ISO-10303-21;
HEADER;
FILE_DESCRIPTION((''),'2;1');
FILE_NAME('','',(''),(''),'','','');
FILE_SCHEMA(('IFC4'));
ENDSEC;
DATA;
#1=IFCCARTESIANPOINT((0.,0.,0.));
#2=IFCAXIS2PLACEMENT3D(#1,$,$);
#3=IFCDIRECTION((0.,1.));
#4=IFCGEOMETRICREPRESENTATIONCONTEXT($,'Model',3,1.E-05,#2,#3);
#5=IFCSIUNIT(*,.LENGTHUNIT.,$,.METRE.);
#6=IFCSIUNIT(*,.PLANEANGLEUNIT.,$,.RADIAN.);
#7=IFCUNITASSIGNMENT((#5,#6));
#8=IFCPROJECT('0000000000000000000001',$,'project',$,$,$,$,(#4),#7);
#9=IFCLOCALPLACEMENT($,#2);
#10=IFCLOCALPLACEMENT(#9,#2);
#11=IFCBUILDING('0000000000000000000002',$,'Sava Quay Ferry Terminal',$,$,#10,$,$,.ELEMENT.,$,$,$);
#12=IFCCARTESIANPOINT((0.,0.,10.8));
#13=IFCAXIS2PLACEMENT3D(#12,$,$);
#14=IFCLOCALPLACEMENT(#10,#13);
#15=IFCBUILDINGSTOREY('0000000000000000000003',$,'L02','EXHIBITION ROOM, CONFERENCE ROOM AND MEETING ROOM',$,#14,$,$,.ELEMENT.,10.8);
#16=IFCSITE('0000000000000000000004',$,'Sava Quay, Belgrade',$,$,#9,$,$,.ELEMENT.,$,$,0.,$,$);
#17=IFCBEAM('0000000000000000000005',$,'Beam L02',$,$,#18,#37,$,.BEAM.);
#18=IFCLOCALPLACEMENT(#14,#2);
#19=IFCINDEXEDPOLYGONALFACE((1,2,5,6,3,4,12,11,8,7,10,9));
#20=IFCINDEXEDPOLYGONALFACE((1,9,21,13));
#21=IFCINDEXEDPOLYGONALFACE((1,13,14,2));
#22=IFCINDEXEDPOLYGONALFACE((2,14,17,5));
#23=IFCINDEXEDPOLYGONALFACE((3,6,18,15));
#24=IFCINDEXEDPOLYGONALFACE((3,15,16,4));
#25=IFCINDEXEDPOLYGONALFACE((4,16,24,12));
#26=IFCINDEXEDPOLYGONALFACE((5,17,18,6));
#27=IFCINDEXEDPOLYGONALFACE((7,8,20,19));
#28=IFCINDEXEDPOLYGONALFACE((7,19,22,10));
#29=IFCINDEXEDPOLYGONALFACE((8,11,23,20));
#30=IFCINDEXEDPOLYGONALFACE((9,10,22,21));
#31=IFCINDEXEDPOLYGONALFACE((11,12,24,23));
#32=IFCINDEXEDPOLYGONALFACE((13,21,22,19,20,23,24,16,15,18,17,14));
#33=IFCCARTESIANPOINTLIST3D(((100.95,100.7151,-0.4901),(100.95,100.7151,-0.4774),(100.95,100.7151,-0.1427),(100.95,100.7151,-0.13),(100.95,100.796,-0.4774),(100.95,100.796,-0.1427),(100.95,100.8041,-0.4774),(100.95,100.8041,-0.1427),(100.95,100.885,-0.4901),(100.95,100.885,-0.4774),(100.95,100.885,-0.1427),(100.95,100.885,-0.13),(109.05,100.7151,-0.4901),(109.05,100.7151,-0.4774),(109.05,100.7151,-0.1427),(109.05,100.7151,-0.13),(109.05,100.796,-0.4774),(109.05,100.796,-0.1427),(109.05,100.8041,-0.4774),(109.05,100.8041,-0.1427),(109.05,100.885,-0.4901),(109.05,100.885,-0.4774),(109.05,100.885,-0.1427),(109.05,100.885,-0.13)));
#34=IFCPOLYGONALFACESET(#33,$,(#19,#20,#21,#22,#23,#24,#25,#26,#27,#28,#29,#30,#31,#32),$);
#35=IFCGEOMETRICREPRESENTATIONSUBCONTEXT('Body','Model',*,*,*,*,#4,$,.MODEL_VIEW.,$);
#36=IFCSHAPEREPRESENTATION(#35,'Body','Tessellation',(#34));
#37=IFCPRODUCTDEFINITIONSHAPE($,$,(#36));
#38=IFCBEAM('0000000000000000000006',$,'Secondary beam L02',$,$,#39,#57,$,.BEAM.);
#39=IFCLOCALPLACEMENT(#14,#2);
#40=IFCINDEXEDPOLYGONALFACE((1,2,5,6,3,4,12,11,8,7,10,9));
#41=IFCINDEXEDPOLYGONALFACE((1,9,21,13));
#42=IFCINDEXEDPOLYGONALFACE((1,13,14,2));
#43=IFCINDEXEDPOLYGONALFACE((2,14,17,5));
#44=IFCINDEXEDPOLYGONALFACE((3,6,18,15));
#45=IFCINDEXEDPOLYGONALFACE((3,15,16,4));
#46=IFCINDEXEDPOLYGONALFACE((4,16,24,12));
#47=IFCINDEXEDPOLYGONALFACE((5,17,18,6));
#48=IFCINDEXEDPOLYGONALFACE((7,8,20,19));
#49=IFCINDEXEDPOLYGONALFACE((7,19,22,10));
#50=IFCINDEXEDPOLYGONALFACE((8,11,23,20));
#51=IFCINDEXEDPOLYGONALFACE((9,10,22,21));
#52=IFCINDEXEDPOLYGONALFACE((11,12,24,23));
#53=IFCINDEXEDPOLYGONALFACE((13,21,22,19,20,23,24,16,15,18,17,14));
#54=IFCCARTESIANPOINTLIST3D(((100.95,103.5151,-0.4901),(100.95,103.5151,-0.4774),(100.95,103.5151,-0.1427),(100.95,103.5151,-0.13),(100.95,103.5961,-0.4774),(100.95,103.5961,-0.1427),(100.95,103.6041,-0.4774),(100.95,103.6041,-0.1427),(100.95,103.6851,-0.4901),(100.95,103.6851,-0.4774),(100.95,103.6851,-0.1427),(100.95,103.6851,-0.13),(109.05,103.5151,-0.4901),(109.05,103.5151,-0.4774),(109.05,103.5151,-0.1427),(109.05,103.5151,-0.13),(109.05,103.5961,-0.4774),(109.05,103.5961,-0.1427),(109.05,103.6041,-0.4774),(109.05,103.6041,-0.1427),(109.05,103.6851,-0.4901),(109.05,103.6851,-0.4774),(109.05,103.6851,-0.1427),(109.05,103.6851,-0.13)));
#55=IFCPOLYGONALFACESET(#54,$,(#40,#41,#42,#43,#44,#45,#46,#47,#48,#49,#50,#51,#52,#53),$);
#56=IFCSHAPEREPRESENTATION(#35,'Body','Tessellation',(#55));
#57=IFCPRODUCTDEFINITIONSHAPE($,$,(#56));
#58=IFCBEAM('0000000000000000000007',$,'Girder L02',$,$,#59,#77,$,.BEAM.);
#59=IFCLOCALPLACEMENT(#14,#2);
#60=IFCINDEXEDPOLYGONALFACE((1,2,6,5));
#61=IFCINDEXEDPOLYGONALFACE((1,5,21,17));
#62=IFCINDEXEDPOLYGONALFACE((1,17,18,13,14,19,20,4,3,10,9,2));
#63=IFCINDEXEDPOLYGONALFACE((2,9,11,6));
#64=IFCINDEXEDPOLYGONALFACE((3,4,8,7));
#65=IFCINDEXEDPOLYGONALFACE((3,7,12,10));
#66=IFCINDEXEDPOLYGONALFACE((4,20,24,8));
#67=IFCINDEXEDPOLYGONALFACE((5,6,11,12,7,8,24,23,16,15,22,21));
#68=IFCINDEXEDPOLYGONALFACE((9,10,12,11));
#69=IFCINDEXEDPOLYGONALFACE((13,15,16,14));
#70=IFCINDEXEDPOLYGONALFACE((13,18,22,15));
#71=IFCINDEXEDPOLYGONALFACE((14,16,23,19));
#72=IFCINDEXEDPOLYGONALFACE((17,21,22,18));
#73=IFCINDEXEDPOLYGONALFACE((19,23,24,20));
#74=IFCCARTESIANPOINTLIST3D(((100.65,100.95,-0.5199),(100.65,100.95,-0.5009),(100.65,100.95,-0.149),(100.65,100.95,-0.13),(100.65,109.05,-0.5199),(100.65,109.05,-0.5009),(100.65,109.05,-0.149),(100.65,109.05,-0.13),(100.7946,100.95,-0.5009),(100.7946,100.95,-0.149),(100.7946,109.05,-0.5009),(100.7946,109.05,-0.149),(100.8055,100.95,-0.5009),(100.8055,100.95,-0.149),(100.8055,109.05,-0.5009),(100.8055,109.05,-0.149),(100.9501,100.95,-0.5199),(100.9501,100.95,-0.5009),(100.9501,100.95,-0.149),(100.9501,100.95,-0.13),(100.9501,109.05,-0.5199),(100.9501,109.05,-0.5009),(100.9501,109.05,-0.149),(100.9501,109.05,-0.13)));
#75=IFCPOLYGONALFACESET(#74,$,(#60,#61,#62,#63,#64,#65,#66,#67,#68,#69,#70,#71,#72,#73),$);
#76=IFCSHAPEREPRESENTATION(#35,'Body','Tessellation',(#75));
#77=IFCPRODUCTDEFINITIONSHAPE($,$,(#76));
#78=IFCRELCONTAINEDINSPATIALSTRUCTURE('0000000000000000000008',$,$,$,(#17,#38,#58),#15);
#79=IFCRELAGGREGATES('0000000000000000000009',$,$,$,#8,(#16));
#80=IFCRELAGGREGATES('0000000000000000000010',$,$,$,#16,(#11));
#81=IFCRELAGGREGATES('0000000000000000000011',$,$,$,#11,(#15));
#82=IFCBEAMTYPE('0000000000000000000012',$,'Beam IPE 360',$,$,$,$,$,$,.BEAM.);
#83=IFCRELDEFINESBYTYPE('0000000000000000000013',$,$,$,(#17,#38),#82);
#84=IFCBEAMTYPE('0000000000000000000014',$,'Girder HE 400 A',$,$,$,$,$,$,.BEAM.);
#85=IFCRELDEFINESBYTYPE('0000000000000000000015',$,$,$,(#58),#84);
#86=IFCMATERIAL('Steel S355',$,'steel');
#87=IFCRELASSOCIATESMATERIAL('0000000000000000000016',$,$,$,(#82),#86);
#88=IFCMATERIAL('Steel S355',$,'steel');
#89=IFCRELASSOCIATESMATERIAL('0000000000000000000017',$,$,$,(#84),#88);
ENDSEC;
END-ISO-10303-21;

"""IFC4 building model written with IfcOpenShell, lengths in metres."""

from ifc_helpers import new_model, si_unit, direction, frame, origin, origin_2d, place, context, subcontext, project, spatial, i_section, extrude, material, material_profile, profile_set, type_object, element, save


model = new_model("IFC4")

# Units and contexts
model_context = context("Model", 3, precision=1e-05, world=origin(), true_north=direction((0.0, 1.0)))
body_context = subcontext(model_context, "Body", "Model", "MODEL_VIEW")
ifc_project = project(units=[si_unit("LENGTHUNIT", "METRE"), si_unit("PLANEANGLEUNIT", "RADIAN")], contexts=[model_context])

# Site, building, storey
site_placement = place(None, origin())
site = spatial("IfcSite", under=ifc_project, at=site_placement, Name="Sava Quay, Belgrade", CompositionType="ELEMENT", RefElevation=0.0)
building_placement = place(site_placement, origin())
building = spatial("IfcBuilding", under=site, at=building_placement, Name="Sava Quay Ferry Terminal", CompositionType="ELEMENT")
storey_placement = place(building_placement, frame((0.0, 0.0, 10.8)))
storey = spatial("IfcBuildingStorey", under=building, at=storey_placement, Name="L02", Description="EXHIBITION ROOM, CONFERENCE ROOM AND MEETING ROOM", CompositionType="ELEMENT", Elevation=10.8)

# Beams
ifc_material_1 = material(Name="Steel S355", Category="steel")
ifc_material_profile_1 = material_profile(ifc_material_1, i_section(OverallWidth=0.1699, OverallDepth=0.3601, WebThickness=0.0081, FlangeThickness=0.0127, at=origin_2d()), Name="IPE 360")
ifc_profile_set_1 = profile_set([ifc_material_profile_1], Name="Steel S355")
beam_type_1 = type_object("IfcBeamType", Name="Beam IPE 360", PredefinedType="BEAM", material=ifc_profile_set_1)
for number, where, z_axis, x_axis, name in (
    (1, (100.95, 100.8, -0.3101), (1.0, 0.0, 0.0), (0.0, 1.0, 0.0), "Beam L02"),
    (2, (100.95, 103.6001, -0.3101), (1.0, 0.0, 0.0), (0.0, 1.0, 0.0), "Secondary beam L02"),
):
    element("IfcBeam", number, at=place(storey_placement, frame(where, z_axis=z_axis, x_axis=x_axis)), inside=storey, type_object=beam_type_1, Name=name, PredefinedType="BEAM", context=body_context, shape_type="SweptSolid", body=[
        extrude(i_section(OverallWidth=0.1699, OverallDepth=0.3601, WebThickness=0.0081, FlangeThickness=0.0127, at=origin_2d()), origin(), (0.0, 0.0, 1.0), 8.1001),
    ])
ifc_material_2 = material(Name="Steel S355", Category="steel")
ifc_material_profile_2 = material_profile(ifc_material_2, i_section(OverallWidth=0.3, OverallDepth=0.3899, WebThickness=0.011, FlangeThickness=0.019, at=origin_2d()), Name="HE 400 A")
ifc_profile_set_2 = profile_set([ifc_material_profile_2], Name="Steel S355")
beam_type_2 = type_object("IfcBeamType", Name="Girder HE 400 A", PredefinedType="BEAM", material=ifc_profile_set_2)
beam_placement = place(storey_placement, frame((100.8, 100.95, -0.325), z_axis=(0.0, 1.0, 0.0), x_axis=(-1.0, 0.0, 0.0)))
element("IfcBeam", 3, at=beam_placement, inside=storey, type_object=beam_type_2, Name="Girder L02", PredefinedType="BEAM", context=body_context, shape_type="SweptSolid", body=[
    extrude(i_section(OverallWidth=0.3, OverallDepth=0.3899, WebThickness=0.011, FlangeThickness=0.019, at=origin_2d()), origin(), (0.0, 0.0, 1.0), 8.1001),
])

save(model, "model.ifc")
